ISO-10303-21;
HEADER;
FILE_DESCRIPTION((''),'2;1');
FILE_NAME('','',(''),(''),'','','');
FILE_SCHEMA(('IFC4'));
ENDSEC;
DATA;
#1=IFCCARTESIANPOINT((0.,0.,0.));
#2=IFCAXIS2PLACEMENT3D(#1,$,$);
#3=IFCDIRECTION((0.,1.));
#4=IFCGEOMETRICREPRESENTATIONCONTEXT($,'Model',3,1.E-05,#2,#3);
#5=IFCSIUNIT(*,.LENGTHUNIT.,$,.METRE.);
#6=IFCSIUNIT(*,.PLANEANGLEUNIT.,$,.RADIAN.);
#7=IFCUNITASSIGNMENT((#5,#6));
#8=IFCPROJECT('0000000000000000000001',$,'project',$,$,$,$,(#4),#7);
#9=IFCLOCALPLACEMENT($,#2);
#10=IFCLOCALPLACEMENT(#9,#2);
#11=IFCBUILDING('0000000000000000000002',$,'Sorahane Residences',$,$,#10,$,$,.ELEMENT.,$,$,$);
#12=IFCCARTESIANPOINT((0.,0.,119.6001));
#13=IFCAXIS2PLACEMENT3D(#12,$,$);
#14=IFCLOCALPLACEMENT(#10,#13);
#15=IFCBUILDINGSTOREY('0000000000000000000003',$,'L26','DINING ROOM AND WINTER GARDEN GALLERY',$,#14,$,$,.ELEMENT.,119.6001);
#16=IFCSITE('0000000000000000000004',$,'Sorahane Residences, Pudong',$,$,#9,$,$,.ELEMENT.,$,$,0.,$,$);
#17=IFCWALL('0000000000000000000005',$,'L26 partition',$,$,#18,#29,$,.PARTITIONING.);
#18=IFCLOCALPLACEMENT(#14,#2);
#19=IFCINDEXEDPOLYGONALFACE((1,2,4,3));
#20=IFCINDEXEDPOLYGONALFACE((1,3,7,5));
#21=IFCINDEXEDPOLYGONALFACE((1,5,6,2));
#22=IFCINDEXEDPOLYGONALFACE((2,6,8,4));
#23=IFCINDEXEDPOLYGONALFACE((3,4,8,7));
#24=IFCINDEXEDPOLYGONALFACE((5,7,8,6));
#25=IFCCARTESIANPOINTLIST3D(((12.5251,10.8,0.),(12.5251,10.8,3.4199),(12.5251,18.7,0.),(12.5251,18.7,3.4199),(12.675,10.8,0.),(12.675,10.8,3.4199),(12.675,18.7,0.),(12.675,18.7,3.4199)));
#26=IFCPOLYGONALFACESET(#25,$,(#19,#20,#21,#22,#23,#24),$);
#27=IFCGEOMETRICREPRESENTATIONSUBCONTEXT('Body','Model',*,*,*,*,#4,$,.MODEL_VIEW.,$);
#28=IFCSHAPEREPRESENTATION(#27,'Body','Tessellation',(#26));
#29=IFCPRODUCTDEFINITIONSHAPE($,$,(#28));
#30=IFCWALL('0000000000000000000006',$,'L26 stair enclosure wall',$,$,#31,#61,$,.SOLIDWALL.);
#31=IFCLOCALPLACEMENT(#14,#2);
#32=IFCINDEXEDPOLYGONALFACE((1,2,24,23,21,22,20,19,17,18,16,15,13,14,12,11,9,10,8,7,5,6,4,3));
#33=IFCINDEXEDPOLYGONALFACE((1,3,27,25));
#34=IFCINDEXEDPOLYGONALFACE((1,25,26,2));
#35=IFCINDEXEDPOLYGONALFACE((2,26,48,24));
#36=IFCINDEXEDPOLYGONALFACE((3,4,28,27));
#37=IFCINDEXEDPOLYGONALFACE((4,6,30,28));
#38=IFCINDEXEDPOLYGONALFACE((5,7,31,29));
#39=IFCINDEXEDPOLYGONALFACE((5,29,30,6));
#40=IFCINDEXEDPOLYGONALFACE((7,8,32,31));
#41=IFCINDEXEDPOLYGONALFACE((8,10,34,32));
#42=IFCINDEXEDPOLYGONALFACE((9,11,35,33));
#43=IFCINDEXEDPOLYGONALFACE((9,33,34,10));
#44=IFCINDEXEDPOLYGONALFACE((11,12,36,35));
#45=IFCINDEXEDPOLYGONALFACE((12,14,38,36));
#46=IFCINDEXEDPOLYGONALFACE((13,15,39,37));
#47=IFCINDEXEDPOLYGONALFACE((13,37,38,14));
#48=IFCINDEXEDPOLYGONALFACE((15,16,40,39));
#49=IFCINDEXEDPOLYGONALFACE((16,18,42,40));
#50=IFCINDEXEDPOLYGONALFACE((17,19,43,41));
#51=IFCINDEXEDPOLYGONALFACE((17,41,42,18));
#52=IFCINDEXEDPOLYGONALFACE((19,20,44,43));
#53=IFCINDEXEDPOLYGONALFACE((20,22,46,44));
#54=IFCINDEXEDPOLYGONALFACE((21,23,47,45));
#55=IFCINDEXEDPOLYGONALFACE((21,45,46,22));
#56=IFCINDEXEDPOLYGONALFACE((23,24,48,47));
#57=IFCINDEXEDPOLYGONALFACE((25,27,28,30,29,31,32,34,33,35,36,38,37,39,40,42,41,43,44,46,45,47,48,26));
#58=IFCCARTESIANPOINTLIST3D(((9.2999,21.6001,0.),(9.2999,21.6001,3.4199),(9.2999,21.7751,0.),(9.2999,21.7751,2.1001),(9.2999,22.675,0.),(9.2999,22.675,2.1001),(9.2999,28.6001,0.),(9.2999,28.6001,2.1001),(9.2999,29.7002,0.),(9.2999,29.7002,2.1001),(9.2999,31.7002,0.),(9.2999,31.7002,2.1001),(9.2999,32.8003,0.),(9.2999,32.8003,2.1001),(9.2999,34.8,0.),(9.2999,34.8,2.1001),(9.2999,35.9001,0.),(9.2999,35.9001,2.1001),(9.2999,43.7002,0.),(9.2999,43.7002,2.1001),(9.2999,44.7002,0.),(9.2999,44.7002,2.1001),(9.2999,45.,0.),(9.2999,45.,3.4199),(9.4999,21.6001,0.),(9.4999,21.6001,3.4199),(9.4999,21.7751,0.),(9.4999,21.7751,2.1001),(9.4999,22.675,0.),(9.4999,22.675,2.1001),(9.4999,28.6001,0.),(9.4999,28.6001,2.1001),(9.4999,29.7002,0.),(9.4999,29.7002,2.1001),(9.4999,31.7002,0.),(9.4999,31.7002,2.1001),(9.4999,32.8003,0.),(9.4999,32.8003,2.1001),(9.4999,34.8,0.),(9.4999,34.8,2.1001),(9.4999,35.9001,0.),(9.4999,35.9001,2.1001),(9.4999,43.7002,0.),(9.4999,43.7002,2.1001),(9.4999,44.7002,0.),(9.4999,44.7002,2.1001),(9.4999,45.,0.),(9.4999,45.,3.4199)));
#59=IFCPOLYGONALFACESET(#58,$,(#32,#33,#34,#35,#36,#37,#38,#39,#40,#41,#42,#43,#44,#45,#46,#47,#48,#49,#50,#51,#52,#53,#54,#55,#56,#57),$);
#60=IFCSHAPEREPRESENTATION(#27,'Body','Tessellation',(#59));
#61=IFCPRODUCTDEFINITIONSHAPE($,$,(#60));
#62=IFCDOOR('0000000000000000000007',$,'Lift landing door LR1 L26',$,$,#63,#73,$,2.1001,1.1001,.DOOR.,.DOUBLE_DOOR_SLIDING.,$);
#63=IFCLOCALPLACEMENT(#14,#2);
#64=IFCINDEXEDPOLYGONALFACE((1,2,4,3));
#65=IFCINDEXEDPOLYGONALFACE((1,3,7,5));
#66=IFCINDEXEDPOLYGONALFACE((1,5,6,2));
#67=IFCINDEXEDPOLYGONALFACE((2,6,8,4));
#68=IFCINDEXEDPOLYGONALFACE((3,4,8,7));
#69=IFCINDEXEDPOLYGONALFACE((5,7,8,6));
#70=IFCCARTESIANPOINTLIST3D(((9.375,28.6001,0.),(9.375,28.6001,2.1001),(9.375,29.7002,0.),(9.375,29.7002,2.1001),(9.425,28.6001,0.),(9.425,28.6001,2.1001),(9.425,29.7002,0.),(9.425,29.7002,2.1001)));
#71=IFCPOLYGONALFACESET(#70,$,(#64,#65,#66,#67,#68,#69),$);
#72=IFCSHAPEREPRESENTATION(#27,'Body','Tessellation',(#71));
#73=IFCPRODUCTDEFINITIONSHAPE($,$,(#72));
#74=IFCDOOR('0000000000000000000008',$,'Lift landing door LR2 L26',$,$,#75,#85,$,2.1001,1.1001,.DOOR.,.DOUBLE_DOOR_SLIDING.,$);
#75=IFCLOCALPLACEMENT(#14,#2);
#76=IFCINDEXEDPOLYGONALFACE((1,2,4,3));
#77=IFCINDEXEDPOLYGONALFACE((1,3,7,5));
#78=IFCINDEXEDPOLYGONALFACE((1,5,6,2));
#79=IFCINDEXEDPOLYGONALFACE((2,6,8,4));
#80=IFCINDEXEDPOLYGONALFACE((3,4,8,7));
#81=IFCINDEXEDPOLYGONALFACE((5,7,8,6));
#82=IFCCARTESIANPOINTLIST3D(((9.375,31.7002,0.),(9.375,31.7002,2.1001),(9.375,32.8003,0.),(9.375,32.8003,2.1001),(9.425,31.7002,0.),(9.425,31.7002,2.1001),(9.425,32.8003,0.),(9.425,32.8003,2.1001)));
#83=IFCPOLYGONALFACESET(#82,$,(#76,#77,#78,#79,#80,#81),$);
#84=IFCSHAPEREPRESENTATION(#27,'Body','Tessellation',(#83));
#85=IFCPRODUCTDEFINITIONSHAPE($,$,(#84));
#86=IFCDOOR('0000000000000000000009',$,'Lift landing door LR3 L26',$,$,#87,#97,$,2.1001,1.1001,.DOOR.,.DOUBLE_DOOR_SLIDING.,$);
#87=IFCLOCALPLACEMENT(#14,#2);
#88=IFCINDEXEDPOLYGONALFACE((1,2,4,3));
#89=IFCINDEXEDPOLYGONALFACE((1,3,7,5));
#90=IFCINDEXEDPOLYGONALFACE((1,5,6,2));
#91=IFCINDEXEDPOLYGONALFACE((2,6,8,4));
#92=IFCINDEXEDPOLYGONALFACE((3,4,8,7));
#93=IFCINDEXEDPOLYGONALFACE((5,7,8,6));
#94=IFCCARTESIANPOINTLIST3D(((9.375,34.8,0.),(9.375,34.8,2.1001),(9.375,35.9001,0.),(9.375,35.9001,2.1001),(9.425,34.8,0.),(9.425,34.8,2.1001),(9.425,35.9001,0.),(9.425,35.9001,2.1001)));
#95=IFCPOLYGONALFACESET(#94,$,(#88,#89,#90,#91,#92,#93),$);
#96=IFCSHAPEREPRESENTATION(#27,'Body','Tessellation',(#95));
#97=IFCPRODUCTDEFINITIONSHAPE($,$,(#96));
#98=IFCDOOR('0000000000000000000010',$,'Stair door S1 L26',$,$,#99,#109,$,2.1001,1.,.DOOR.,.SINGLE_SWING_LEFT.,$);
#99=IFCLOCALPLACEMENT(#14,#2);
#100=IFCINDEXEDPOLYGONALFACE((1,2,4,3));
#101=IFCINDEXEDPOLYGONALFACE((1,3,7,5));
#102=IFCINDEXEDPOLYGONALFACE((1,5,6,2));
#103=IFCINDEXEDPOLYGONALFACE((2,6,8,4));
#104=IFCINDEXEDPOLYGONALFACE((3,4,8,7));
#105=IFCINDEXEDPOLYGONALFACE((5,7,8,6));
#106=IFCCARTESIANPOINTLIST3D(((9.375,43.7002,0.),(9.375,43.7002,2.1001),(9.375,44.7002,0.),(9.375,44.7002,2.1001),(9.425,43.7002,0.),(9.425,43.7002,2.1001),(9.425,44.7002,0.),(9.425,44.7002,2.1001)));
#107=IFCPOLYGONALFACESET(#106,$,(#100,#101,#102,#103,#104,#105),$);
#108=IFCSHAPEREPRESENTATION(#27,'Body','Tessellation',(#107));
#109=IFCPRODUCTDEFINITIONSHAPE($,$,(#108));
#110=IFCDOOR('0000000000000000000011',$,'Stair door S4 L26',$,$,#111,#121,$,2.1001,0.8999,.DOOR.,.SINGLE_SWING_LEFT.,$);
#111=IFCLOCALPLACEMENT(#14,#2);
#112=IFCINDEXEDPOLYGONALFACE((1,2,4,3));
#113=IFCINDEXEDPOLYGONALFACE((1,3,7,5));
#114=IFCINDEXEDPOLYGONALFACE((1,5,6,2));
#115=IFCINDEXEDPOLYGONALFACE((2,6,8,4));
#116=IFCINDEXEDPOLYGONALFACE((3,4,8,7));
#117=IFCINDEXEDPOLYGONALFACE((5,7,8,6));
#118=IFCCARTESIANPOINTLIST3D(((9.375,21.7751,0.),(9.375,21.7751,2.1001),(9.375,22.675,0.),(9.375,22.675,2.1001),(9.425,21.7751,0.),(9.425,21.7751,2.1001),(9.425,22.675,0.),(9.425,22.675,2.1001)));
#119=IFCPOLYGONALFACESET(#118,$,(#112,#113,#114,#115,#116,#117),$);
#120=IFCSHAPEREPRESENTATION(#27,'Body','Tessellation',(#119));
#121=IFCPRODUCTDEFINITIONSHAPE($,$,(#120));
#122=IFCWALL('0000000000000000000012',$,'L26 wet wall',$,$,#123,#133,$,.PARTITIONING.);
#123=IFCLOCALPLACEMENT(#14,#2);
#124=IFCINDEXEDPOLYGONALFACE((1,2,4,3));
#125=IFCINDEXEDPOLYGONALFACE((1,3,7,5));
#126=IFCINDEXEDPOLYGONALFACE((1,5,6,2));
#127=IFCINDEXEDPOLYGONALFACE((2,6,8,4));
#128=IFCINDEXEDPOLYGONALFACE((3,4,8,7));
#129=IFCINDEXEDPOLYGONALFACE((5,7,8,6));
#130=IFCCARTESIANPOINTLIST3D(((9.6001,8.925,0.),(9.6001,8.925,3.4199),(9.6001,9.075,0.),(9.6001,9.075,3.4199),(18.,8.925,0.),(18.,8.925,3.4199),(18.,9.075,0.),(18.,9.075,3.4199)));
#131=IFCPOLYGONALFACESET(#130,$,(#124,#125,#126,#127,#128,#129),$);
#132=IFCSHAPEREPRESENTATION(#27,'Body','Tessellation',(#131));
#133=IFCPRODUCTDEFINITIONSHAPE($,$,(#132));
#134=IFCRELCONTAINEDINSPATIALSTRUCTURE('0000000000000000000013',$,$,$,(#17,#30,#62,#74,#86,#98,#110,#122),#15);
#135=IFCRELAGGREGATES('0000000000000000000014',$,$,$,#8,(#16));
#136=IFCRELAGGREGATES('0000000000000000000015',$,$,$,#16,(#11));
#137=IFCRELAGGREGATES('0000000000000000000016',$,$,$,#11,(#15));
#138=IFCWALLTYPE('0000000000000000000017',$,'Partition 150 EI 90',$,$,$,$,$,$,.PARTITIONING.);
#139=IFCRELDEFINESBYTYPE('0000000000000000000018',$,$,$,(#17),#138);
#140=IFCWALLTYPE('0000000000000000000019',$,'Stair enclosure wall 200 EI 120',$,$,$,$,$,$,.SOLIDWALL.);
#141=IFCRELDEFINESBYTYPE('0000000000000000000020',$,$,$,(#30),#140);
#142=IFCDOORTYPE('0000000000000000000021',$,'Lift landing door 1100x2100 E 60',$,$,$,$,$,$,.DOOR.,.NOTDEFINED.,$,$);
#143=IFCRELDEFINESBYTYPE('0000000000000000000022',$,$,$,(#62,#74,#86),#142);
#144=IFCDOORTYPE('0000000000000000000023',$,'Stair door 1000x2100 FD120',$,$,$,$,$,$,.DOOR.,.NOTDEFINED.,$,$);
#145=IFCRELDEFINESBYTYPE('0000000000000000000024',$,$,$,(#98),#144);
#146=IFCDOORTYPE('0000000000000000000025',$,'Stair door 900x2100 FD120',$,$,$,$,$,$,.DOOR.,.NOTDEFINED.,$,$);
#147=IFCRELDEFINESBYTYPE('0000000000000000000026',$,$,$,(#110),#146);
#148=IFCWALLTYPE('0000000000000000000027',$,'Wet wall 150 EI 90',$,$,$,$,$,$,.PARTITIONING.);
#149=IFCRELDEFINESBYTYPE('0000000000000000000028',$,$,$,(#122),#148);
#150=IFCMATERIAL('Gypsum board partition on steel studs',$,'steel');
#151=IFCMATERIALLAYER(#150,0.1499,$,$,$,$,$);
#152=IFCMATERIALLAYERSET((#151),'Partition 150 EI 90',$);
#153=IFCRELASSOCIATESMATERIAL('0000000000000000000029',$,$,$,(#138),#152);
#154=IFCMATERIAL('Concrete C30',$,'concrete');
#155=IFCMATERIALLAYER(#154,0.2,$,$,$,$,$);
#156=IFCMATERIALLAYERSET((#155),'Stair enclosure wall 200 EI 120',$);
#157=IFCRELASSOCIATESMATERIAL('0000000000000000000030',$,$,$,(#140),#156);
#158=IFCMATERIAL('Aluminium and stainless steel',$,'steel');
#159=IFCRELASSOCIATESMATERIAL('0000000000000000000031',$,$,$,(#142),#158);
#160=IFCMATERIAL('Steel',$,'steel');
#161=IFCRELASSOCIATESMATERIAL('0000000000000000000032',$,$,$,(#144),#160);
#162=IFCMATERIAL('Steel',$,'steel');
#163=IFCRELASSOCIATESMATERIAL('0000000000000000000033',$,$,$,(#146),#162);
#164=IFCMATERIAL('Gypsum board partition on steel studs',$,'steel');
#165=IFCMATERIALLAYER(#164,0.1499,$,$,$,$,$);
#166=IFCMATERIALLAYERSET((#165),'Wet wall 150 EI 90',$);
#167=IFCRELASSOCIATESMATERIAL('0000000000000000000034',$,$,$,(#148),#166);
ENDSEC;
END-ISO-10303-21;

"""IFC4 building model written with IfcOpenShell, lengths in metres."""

from ifc_helpers import new_model, si_unit, direction, frame, frame_2d, origin, place, context, subcontext, project, spatial, rectangle, extrude, material, layer, layer_set, type_object, element, fill, save


model = new_model("IFC4")

# Units and contexts
model_context = context("Model", 3, precision=1e-05, world=origin(), true_north=direction((0.0, 1.0)))
body_context = subcontext(model_context, "Body", "Model", "MODEL_VIEW")
ifc_project = project(units=[si_unit("LENGTHUNIT", "METRE"), si_unit("PLANEANGLEUNIT", "RADIAN")], contexts=[model_context])

# Site, building, storey
site_placement = place(None, origin())
site = spatial("IfcSite", under=ifc_project, at=site_placement, Name="Sorahane Residences, Pudong", CompositionType="ELEMENT", RefElevation=0.0)
building_placement = place(site_placement, origin())
building = spatial("IfcBuilding", under=site, at=building_placement, Name="Sorahane Residences", CompositionType="ELEMENT")
storey_placement = place(building_placement, frame((0.0, 0.0, 119.6001)))
storey = spatial("IfcBuildingStorey", under=building, at=storey_placement, Name="L26", Description="DINING ROOM AND WINTER GARDEN GALLERY", CompositionType="ELEMENT", Elevation=119.6001)

# Wall
ifc_material_1 = material(Name="Gypsum board partition on steel studs", Category="steel")
ifc_layer_1 = layer(ifc_material_1, 0.1499)
ifc_layer_set_1 = layer_set([ifc_layer_1], Name="Partition 150 EI 90")
wall_type_1 = type_object("IfcWallType", Name="Partition 150 EI 90", PredefinedType="PARTITIONING", material=ifc_layer_set_1)
wall_1_placement = place(storey_placement, frame((12.6001, 10.8, 0.0), z_axis=(0.0, 0.0, 1.0), x_axis=(0.0, 1.0, 0.0)))
element("IfcWall", 1, at=wall_1_placement, inside=storey, type_object=wall_type_1, Name="L26 partition", PredefinedType="PARTITIONING", context=body_context, shape_type="SweptSolid", body=[
    extrude(rectangle(XDim=7.8999, YDim=0.1499, at=frame_2d((3.95, 0.0))), origin(), (0.0, 0.0, 1.0), 3.4199),
])

# Wall, openings, doors
ifc_material_2 = material(Name="Concrete C30", Category="concrete")
ifc_layer_2 = layer(ifc_material_2, 0.2)
ifc_layer_set_2 = layer_set([ifc_layer_2], Name="Stair enclosure wall 200 EI 120")
wall_type_2 = type_object("IfcWallType", Name="Stair enclosure wall 200 EI 120", PredefinedType="SOLIDWALL", material=ifc_layer_set_2)
wall_2_placement = place(storey_placement, frame((9.3999, 21.6001, 0.0), z_axis=(0.0, 0.0, 1.0), x_axis=(0.0, 1.0, 0.0)))
wall_2 = element("IfcWall", 2, at=wall_2_placement, inside=storey, type_object=wall_type_2, Name="L26 stair enclosure wall", PredefinedType="SOLIDWALL", context=body_context, shape_type="SweptSolid", body=[
    extrude(rectangle(XDim=23.3999, YDim=0.2, at=frame_2d((11.7, 0.0))), origin(), (0.0, 0.0, 1.0), 3.4199),
])
opening_1_placement = place(wall_2_placement, frame((7.0, 0.0, 0.0)))
opening_1 = element("IfcOpeningElement", 3, at=opening_1_placement, cuts=wall_2, PredefinedType="OPENING", context=body_context, shape_type="SweptSolid", body=[
    extrude(rectangle(XDim=1.1001, YDim=2.1001, at=frame_2d((0.55, 1.05))), frame((0.0, 0.1099, 0.0), z_axis=(0.0, -1.0, 0.0), x_axis=(1.0, 0.0, 0.0)), (0.0, 0.0, 1.0), 0.22),
])
opening_2_placement = place(wall_2_placement, frame((10.1001, 0.0, 0.0)))
opening_2 = element("IfcOpeningElement", 4, at=opening_2_placement, cuts=wall_2, PredefinedType="OPENING", context=body_context, shape_type="SweptSolid", body=[
    extrude(rectangle(XDim=1.1001, YDim=2.1001, at=frame_2d((0.55, 1.05))), frame((0.0, 0.1099, 0.0), z_axis=(0.0, -1.0, 0.0), x_axis=(1.0, 0.0, 0.0)), (0.0, 0.0, 1.0), 0.22),
])
opening_3_placement = place(wall_2_placement, frame((13.2, 0.0, 0.0)))
opening_3 = element("IfcOpeningElement", 5, at=opening_3_placement, cuts=wall_2, PredefinedType="OPENING", context=body_context, shape_type="SweptSolid", body=[
    extrude(rectangle(XDim=1.1001, YDim=2.1001, at=frame_2d((0.55, 1.05))), frame((0.0, 0.1099, 0.0), z_axis=(0.0, -1.0, 0.0), x_axis=(1.0, 0.0, 0.0)), (0.0, 0.0, 1.0), 0.22),
])
opening_4_placement = place(wall_2_placement, frame((22.1001, 0.0, 0.0)))
opening_4 = element("IfcOpeningElement", 6, at=opening_4_placement, cuts=wall_2, PredefinedType="OPENING", context=body_context, shape_type="SweptSolid", body=[
    extrude(rectangle(XDim=1.0, YDim=2.1001, at=frame_2d((0.5, 1.05))), frame((0.0, 0.1099, 0.0), z_axis=(0.0, -1.0, 0.0), x_axis=(1.0, 0.0, 0.0)), (0.0, 0.0, 1.0), 0.22),
])
opening_5_placement = place(wall_2_placement, frame((0.175, 0.0, 0.0)))
opening_5 = element("IfcOpeningElement", 7, at=opening_5_placement, cuts=wall_2, PredefinedType="OPENING", context=body_context, shape_type="SweptSolid", body=[
    extrude(rectangle(XDim=0.8999, YDim=2.1001, at=frame_2d((0.45, 1.05))), frame((0.0, 0.1099, 0.0), z_axis=(0.0, -1.0, 0.0), x_axis=(1.0, 0.0, 0.0)), (0.0, 0.0, 1.0), 0.22),
])
ifc_material_3 = material(Name="Aluminium and stainless steel", Category="steel")
door_type_1 = type_object("IfcDoorType", Name="Lift landing door 1100x2100 E 60", OperationType="NOTDEFINED", PredefinedType="DOOR", material=ifc_material_3)
door_1_placement = place(opening_1_placement, origin())
door_1 = element("IfcDoor", 8, at=door_1_placement, inside=storey, type_object=door_type_1, Name="Lift landing door LR1 L26", OperationType="DOUBLE_DOOR_SLIDING", OverallHeight=2.1001, OverallWidth=1.1001, PredefinedType="DOOR", context=body_context, shape_type="SweptSolid", body=[
    extrude(rectangle(XDim=1.1001, YDim=2.1001, at=frame_2d((0.55, 1.05))), frame((0.0, 0.0249, 0.0), z_axis=(0.0, -1.0, 0.0), x_axis=(1.0, 0.0, 0.0)), (0.0, 0.0, 1.0), 0.05),
])
fill(opening_1, door_1)
door_2_placement = place(opening_2_placement, origin())
door_2 = element("IfcDoor", 9, at=door_2_placement, inside=storey, type_object=door_type_1, Name="Lift landing door LR2 L26", OperationType="DOUBLE_DOOR_SLIDING", OverallHeight=2.1001, OverallWidth=1.1001, PredefinedType="DOOR", context=body_context, shape_type="SweptSolid", body=[
    extrude(rectangle(XDim=1.1001, YDim=2.1001, at=frame_2d((0.55, 1.05))), frame((0.0, 0.0249, 0.0), z_axis=(0.0, -1.0, 0.0), x_axis=(1.0, 0.0, 0.0)), (0.0, 0.0, 1.0), 0.05),
])
fill(opening_2, door_2)
door_3_placement = place(opening_3_placement, origin())
door_3 = element("IfcDoor", 10, at=door_3_placement, inside=storey, type_object=door_type_1, Name="Lift landing door LR3 L26", OperationType="DOUBLE_DOOR_SLIDING", OverallHeight=2.1001, OverallWidth=1.1001, PredefinedType="DOOR", context=body_context, shape_type="SweptSolid", body=[
    extrude(rectangle(XDim=1.1001, YDim=2.1001, at=frame_2d((0.55, 1.05))), frame((0.0, 0.0249, 0.0), z_axis=(0.0, -1.0, 0.0), x_axis=(1.0, 0.0, 0.0)), (0.0, 0.0, 1.0), 0.05),
])
fill(opening_3, door_3)
ifc_material_4 = material(Name="Steel", Category="steel")
door_type_2 = type_object("IfcDoorType", Name="Stair door 1000x2100 FD120", OperationType="NOTDEFINED", PredefinedType="DOOR", material=ifc_material_4)
door_4_placement = place(opening_4_placement, origin())
door_4 = element("IfcDoor", 11, at=door_4_placement, inside=storey, type_object=door_type_2, Name="Stair door S1 L26", OperationType="SINGLE_SWING_LEFT", OverallHeight=2.1001, OverallWidth=1.0, PredefinedType="DOOR", context=body_context, shape_type="SweptSolid", body=[
    extrude(rectangle(XDim=1.0, YDim=2.1001, at=frame_2d((0.5, 1.05))), frame((0.0, 0.0249, 0.0), z_axis=(0.0, -1.0, 0.0), x_axis=(1.0, 0.0, 0.0)), (0.0, 0.0, 1.0), 0.05),
])
fill(opening_4, door_4)
ifc_material_5 = material(Name="Steel", Category="steel")
door_type_3 = type_object("IfcDoorType", Name="Stair door 900x2100 FD120", OperationType="NOTDEFINED", PredefinedType="DOOR", material=ifc_material_5)
door_5_placement = place(opening_5_placement, origin())
door_5 = element("IfcDoor", 12, at=door_5_placement, inside=storey, type_object=door_type_3, Name="Stair door S4 L26", OperationType="SINGLE_SWING_LEFT", OverallHeight=2.1001, OverallWidth=0.8999, PredefinedType="DOOR", context=body_context, shape_type="SweptSolid", body=[
    extrude(rectangle(XDim=0.8999, YDim=2.1001, at=frame_2d((0.45, 1.05))), frame((0.0, 0.0249, 0.0), z_axis=(0.0, -1.0, 0.0), x_axis=(1.0, 0.0, 0.0)), (0.0, 0.0, 1.0), 0.05),
])
fill(opening_5, door_5)

# Wall
ifc_material_6 = material(Name="Gypsum board partition on steel studs", Category="steel")
ifc_layer_3 = layer(ifc_material_6, 0.1499)
ifc_layer_set_3 = layer_set([ifc_layer_3], Name="Wet wall 150 EI 90")
wall_type_3 = type_object("IfcWallType", Name="Wet wall 150 EI 90", PredefinedType="PARTITIONING", material=ifc_layer_set_3)
wall_3_placement = place(storey_placement, frame((9.6001, 9.0, 0.0), z_axis=(0.0, 0.0, 1.0), x_axis=(1.0, 0.0, 0.0)))
element("IfcWall", 13, at=wall_3_placement, inside=storey, type_object=wall_type_3, Name="L26 wet wall", PredefinedType="PARTITIONING", context=body_context, shape_type="SweptSolid", body=[
    extrude(rectangle(XDim=8.3999, YDim=0.1499, at=frame_2d((4.2, 0.0))), origin(), (0.0, 0.0, 1.0), 3.4199),
])

save(model, "model.ifc")
